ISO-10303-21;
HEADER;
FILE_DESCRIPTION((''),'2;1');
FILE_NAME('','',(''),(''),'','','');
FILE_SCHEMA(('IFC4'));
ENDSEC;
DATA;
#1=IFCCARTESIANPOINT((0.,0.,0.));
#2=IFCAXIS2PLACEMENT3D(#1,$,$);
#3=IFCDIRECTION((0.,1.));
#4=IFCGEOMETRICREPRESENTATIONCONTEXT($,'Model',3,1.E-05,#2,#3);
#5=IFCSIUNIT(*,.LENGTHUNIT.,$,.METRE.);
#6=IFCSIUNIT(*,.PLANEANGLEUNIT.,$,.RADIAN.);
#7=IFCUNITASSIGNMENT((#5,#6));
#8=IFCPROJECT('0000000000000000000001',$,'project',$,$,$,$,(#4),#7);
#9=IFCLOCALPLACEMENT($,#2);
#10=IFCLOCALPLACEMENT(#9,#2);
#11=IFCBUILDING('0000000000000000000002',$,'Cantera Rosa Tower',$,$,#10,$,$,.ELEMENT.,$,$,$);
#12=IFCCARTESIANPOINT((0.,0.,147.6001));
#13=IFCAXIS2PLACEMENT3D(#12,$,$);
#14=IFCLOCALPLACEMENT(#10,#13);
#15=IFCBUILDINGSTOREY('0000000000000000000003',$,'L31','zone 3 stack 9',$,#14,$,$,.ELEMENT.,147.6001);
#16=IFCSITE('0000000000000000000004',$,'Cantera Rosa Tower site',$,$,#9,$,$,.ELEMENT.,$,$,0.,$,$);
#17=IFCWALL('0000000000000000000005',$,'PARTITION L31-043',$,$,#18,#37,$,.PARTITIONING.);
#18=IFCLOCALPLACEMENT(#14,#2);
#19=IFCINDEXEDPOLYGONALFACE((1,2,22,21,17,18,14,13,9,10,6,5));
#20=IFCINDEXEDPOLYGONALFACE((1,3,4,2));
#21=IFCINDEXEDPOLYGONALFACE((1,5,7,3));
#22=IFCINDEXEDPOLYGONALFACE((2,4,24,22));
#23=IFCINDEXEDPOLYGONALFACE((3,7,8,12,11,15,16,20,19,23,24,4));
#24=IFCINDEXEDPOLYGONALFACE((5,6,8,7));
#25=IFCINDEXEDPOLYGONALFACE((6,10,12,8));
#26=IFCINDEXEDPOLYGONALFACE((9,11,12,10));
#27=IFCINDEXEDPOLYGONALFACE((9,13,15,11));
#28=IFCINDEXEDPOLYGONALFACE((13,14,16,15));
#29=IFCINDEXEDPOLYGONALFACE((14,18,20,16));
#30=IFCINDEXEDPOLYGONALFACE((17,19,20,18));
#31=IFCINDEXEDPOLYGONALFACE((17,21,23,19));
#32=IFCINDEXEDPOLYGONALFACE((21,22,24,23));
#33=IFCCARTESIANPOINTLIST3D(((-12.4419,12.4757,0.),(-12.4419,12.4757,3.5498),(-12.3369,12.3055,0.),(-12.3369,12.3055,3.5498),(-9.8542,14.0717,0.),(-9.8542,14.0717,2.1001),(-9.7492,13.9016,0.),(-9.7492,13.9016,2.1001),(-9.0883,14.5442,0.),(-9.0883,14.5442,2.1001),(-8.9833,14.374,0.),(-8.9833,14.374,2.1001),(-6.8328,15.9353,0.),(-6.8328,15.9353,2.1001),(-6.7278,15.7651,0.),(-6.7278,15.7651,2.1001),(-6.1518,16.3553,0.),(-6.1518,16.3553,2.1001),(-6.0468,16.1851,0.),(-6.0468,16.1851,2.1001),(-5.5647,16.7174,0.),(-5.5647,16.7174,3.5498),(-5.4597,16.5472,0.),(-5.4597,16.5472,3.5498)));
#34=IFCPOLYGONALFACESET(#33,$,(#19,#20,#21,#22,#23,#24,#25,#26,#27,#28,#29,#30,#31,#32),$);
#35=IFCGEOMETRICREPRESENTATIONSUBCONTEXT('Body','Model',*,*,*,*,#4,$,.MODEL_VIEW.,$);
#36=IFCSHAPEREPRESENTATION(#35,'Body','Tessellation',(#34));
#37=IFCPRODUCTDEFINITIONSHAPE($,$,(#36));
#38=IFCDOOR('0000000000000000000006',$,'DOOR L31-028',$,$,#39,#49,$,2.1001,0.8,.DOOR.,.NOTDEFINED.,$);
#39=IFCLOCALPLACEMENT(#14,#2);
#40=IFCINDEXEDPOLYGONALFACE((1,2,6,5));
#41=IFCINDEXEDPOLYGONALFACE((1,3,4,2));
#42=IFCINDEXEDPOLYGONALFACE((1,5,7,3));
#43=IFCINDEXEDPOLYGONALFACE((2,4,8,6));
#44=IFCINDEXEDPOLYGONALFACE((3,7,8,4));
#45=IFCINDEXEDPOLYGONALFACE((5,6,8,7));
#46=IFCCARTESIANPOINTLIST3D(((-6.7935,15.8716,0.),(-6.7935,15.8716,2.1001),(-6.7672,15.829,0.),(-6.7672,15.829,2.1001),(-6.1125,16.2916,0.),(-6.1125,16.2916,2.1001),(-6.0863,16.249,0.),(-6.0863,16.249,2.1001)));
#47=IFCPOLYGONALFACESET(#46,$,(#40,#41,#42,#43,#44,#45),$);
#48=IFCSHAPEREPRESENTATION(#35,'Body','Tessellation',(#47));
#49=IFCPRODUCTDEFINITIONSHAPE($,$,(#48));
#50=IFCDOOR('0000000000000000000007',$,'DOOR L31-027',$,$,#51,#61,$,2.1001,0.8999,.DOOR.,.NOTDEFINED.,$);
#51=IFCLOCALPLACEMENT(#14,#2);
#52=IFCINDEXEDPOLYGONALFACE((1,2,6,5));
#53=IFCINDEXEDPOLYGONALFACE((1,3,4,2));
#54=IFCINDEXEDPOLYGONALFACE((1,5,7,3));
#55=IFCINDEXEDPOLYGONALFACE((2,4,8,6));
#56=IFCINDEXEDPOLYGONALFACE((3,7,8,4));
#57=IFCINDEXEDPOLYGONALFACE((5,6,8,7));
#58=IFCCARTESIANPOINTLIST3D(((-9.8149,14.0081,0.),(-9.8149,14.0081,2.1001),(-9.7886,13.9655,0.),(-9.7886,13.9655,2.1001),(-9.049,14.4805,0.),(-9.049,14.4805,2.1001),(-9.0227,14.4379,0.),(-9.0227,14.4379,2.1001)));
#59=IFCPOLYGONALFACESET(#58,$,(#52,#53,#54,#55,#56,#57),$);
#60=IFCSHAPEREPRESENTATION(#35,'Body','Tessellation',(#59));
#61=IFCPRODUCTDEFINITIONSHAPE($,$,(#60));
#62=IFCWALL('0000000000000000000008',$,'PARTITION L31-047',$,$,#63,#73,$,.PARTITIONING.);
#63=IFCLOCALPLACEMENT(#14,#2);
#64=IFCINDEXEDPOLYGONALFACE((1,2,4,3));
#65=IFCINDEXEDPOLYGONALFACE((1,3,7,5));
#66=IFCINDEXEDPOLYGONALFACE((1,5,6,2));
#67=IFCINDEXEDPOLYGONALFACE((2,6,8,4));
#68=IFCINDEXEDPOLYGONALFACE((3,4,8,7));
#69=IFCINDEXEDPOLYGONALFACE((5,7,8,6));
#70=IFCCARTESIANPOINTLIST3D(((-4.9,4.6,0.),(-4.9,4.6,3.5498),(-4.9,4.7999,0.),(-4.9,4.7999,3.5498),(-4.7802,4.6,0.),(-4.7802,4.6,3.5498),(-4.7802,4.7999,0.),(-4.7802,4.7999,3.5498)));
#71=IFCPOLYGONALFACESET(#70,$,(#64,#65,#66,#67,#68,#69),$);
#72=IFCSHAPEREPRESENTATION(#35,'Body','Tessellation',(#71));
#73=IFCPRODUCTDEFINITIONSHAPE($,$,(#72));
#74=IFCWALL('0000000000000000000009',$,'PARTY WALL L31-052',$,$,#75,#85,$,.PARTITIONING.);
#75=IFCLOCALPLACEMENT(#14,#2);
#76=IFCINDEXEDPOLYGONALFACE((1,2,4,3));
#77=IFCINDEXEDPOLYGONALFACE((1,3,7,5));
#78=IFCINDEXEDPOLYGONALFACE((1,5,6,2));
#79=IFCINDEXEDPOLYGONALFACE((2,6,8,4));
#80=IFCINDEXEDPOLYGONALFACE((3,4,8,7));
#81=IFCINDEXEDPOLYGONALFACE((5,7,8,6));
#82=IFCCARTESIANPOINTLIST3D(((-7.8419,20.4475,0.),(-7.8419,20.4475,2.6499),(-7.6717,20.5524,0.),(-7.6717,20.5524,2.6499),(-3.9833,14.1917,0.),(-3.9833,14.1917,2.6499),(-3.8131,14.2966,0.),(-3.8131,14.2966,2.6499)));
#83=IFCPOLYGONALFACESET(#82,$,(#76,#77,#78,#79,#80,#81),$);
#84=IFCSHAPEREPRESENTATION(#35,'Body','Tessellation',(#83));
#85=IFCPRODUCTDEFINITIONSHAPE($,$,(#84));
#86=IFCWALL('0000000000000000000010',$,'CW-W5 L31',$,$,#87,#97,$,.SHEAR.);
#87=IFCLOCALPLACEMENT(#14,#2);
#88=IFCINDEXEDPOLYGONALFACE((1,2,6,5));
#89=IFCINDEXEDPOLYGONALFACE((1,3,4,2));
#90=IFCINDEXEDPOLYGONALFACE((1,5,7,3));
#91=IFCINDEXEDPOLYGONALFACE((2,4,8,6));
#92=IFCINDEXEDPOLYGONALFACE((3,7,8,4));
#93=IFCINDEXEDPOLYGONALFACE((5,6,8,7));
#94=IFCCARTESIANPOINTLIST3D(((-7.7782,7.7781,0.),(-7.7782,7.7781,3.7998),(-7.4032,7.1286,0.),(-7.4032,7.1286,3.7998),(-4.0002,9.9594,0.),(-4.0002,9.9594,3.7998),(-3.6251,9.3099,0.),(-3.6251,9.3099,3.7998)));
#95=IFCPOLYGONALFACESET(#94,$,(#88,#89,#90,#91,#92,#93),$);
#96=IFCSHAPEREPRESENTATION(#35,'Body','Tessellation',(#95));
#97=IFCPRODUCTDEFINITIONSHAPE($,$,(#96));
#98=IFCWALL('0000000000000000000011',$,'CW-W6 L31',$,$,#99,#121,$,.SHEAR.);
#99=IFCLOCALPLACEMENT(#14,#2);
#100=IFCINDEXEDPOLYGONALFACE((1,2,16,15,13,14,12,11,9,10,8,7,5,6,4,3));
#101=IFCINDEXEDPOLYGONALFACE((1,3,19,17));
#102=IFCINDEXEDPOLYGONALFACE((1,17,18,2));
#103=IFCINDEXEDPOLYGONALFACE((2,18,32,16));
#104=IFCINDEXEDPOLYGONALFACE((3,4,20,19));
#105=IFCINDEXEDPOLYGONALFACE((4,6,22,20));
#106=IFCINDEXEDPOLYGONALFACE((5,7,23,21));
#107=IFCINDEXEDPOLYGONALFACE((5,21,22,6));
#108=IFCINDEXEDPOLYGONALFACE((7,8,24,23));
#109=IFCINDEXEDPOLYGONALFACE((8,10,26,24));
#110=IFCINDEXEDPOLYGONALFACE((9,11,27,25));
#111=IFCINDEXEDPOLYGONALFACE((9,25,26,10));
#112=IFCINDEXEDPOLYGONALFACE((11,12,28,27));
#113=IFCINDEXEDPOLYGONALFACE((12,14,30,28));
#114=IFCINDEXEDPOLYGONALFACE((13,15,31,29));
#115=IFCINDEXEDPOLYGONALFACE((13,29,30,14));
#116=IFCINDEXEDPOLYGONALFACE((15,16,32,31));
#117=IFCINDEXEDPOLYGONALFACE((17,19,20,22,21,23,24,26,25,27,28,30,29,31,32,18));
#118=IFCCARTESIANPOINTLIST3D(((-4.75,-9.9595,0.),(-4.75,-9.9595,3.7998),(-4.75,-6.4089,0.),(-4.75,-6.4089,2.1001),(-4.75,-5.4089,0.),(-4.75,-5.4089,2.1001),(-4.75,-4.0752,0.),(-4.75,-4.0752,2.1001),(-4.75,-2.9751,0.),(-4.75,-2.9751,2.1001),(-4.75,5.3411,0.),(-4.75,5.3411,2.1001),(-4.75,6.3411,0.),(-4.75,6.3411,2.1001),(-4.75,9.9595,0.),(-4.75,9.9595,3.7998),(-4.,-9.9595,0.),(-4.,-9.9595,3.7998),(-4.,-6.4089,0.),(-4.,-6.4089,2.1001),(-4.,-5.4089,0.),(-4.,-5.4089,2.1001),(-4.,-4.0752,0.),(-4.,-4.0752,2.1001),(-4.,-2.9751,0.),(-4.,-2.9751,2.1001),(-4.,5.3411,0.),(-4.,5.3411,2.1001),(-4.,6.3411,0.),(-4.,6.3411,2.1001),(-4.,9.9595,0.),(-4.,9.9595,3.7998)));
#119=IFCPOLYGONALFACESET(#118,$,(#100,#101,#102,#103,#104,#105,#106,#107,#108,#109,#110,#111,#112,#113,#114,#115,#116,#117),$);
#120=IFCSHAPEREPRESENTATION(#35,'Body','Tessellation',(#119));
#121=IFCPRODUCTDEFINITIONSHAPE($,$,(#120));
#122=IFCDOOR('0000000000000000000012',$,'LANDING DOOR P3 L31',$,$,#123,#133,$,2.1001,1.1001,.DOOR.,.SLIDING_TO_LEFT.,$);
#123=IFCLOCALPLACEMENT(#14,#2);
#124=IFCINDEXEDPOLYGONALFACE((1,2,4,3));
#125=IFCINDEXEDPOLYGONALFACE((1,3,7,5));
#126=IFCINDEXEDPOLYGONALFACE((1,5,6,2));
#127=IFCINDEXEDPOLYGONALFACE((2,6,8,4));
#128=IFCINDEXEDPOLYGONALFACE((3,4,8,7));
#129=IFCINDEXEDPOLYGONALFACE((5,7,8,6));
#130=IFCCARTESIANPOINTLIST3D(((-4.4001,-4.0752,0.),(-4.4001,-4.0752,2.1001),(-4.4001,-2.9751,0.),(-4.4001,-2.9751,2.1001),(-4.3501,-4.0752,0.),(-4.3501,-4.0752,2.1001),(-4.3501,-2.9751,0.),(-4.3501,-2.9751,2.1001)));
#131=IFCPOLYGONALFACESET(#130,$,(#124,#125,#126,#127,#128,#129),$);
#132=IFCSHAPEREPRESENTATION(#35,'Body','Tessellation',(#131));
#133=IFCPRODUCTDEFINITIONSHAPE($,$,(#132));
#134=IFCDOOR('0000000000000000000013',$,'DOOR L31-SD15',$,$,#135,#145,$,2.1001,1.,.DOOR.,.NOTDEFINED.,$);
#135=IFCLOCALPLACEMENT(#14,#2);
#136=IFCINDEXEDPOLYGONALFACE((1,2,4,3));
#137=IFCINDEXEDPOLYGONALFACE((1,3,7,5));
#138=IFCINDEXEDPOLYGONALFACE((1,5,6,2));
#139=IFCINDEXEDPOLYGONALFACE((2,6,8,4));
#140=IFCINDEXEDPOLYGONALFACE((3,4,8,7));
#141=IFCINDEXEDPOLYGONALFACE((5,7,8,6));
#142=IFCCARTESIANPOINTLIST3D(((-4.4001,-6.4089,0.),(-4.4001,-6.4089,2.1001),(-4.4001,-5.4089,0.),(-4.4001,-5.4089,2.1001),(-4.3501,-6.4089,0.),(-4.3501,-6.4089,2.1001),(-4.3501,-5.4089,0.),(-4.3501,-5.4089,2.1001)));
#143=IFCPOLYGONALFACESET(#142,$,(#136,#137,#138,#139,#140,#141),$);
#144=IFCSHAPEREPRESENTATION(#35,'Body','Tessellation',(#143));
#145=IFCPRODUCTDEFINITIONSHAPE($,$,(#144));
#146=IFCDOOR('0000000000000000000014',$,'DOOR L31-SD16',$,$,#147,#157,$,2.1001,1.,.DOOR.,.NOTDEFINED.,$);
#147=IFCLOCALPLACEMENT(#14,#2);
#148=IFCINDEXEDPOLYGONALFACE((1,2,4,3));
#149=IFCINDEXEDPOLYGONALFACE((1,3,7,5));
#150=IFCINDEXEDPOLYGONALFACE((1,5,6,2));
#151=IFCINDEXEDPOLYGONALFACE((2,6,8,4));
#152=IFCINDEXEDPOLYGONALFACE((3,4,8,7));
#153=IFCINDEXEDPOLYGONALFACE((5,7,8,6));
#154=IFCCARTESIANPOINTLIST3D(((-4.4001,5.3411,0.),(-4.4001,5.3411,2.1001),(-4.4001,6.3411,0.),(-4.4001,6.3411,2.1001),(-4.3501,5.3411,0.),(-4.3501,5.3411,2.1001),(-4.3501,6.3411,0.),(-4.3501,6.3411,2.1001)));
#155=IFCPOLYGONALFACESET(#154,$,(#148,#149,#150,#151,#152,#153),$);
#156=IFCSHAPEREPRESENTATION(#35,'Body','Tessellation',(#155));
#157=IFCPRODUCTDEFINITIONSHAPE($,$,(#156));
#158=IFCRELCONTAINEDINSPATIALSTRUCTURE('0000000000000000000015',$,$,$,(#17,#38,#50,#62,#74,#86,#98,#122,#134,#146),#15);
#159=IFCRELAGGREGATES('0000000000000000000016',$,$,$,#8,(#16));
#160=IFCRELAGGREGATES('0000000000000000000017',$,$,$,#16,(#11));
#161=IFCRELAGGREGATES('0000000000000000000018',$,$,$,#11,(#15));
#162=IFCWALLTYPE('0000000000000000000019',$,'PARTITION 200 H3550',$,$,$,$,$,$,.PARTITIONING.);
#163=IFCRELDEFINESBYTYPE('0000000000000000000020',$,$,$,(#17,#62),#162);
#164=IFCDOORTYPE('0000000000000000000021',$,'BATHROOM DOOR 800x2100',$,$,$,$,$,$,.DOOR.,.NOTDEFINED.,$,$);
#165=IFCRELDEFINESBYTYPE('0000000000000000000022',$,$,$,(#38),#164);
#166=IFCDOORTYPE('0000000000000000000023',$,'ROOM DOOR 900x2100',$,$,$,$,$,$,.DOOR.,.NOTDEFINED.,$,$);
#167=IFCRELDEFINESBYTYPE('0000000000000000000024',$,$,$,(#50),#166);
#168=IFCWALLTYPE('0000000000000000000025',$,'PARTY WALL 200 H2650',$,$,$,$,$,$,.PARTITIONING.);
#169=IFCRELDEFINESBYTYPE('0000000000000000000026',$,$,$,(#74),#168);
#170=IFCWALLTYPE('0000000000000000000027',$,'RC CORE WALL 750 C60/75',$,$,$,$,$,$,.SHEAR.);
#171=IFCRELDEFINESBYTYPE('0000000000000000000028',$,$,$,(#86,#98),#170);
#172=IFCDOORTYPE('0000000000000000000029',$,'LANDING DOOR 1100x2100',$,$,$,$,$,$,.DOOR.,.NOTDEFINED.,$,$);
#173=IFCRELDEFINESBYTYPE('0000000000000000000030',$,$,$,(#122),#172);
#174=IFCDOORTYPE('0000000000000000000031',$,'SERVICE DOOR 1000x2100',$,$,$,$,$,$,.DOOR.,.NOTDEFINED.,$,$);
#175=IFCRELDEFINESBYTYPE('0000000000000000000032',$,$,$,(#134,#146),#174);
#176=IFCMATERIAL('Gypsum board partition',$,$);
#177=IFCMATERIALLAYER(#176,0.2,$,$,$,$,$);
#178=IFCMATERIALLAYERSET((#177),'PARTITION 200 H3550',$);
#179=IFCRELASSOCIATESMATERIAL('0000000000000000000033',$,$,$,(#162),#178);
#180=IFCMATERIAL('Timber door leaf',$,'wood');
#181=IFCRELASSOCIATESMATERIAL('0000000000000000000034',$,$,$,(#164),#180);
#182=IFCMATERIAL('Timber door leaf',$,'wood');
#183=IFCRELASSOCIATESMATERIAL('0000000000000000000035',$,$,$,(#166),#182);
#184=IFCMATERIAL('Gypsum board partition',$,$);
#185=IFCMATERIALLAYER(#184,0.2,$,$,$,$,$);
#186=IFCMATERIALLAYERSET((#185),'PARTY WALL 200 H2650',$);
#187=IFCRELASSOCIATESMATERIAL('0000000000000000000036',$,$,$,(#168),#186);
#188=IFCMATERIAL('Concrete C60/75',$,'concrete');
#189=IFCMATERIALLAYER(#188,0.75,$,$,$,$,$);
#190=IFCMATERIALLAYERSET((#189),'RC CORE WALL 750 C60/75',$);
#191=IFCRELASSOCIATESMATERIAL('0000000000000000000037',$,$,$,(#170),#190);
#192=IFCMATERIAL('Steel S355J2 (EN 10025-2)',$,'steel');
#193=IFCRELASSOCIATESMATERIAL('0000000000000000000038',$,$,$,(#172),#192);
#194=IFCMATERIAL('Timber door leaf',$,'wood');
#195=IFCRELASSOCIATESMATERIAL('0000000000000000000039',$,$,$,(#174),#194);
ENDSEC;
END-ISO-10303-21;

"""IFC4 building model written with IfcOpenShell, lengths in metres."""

from ifc_helpers import new_model, si_unit, direction, frame, frame_2d, origin, place, context, subcontext, project, spatial, rectangle, extrude, material, layer, layer_set, type_object, element, fill, save


model = new_model("IFC4")

# Units and contexts
model_context = context("Model", 3, precision=1e-05, world=origin(), true_north=direction((0.0, 1.0)))
body_context = subcontext(model_context, "Body", "Model", "MODEL_VIEW")
ifc_project = project(units=[si_unit("LENGTHUNIT", "METRE"), si_unit("PLANEANGLEUNIT", "RADIAN")], contexts=[model_context])

# Site, building, storey
site_placement = place(None, origin())
site = spatial("IfcSite", under=ifc_project, at=site_placement, Name="Cantera Rosa Tower site", CompositionType="ELEMENT", RefElevation=0.0)
building_placement = place(site_placement, origin())
building = spatial("IfcBuilding", under=site, at=building_placement, Name="Cantera Rosa Tower", CompositionType="ELEMENT")
storey_placement = place(building_placement, frame((0.0, 0.0, 147.6001)))
storey = spatial("IfcBuildingStorey", under=building, at=storey_placement, Name="L31", Description="zone 3 stack 9", CompositionType="ELEMENT", Elevation=147.6001)

# Shared definitions
ifc_material_1 = material(Name="Gypsum board partition")
ifc_layer_1 = layer(ifc_material_1, 0.2)
ifc_layer_set_1 = layer_set([ifc_layer_1], Name="PARTITION 200 H3550")
wall_type_1 = type_object("IfcWallType", Name="PARTITION 200 H3550", PredefinedType="PARTITIONING", material=ifc_layer_set_1)

# Wall, openings, doors
wall_1_placement = place(storey_placement, frame((-5.5122, 16.6323, 0.0), z_axis=(0.0, 0.0, 1.0), x_axis=(-0.851129, -0.524957, 0.0)))
wall_1 = element("IfcWall", 1, at=wall_1_placement, inside=storey, type_object=wall_type_1, Name="PARTITION L31-043", PredefinedType="PARTITIONING", context=body_context, shape_type="SweptSolid", body=[
    extrude(rectangle(XDim=8.0801, YDim=0.2, at=frame_2d((4.04, 0.0))), origin(), (0.0, 0.0, 1.0), 3.5498),
])
opening_1_placement = place(wall_1_placement, frame((4.1399, 0.0, 0.0)))
opening_1 = element("IfcOpeningElement", 2, at=opening_1_placement, cuts=wall_1, PredefinedType="OPENING", context=body_context, shape_type="SweptSolid", body=[
    extrude(rectangle(XDim=0.8999, YDim=2.1001, at=frame_2d((0.45, 1.05))), frame((0.0, 0.1099, 0.0), z_axis=(0.0, -1.0, 0.0), x_axis=(1.0, 0.0, 0.0)), (0.0, 0.0, 1.0), 0.22),
])
opening_2_placement = place(wall_1_placement, frame((0.6899, 0.0, 0.0)))
opening_2 = element("IfcOpeningElement", 3, at=opening_2_placement, cuts=wall_1, PredefinedType="OPENING", context=body_context, shape_type="SweptSolid", body=[
    extrude(rectangle(XDim=0.8, YDim=2.1001, at=frame_2d((0.3999, 1.05))), frame((0.0, 0.1099, 0.0), z_axis=(0.0, -1.0, 0.0), x_axis=(1.0, 0.0, 0.0)), (0.0, 0.0, 1.0), 0.22),
])
ifc_material_2 = material(Name="Timber door leaf", Category="wood")
door_type_1 = type_object("IfcDoorType", Name="BATHROOM DOOR 800x2100", OperationType="NOTDEFINED", PredefinedType="DOOR", material=ifc_material_2)
door_1_placement = place(opening_2_placement, origin())
door_1 = element("IfcDoor", 4, at=door_1_placement, inside=storey, type_object=door_type_1, Name="DOOR L31-028", OperationType="NOTDEFINED", OverallHeight=2.1001, OverallWidth=0.8, PredefinedType="DOOR", context=body_context, shape_type="SweptSolid", body=[
    extrude(rectangle(XDim=0.8, YDim=2.1001, at=frame_2d((0.3999, 1.05))), frame((0.0, 0.0249, 0.0), z_axis=(0.0, -1.0, 0.0), x_axis=(1.0, 0.0, 0.0)), (0.0, 0.0, 1.0), 0.05),
])
fill(opening_2, door_1)
ifc_material_3 = material(Name="Timber door leaf", Category="wood")
door_type_2 = type_object("IfcDoorType", Name="ROOM DOOR 900x2100", OperationType="NOTDEFINED", PredefinedType="DOOR", material=ifc_material_3)
door_2_placement = place(opening_1_placement, origin())
door_2 = element("IfcDoor", 5, at=door_2_placement, inside=storey, type_object=door_type_2, Name="DOOR L31-027", OperationType="NOTDEFINED", OverallHeight=2.1001, OverallWidth=0.8999, PredefinedType="DOOR", context=body_context, shape_type="SweptSolid", body=[
    extrude(rectangle(XDim=0.8999, YDim=2.1001, at=frame_2d((0.45, 1.05))), frame((0.0, 0.0249, 0.0), z_axis=(0.0, -1.0, 0.0), x_axis=(1.0, 0.0, 0.0)), (0.0, 0.0, 1.0), 0.05),
])
fill(opening_1, door_2)

# Walls
wall_2_placement = place(storey_placement, frame((-4.78, 4.7, 0.0), z_axis=(0.0, 0.0, 1.0), x_axis=(-1.0, 0.0, 0.0)))
element("IfcWall", 6, at=wall_2_placement, inside=storey, type_object=wall_type_1, Name="PARTITION L31-047", PredefinedType="PARTITIONING", context=body_context, shape_type="SweptSolid", body=[
    extrude(rectangle(XDim=0.1199, YDim=0.2, at=frame_2d((0.0601, 0.0))), origin(), (0.0, 0.0, 1.0), 3.5498),
])
ifc_material_4 = material(Name="Gypsum board partition")
ifc_layer_2 = layer(ifc_material_4, 0.2)
ifc_layer_set_2 = layer_set([ifc_layer_2], Name="PARTY WALL 200 H2650")
wall_type_2 = type_object("IfcWallType", Name="PARTY WALL 200 H2650", PredefinedType="PARTITIONING", material=ifc_layer_set_2)
wall_3_placement = place(storey_placement, frame((-3.8982, 14.2441, 0.0), z_axis=(0.0, 0.0, 1.0), x_axis=(-0.524974, 0.851118, 0.0)))
element("IfcWall", 7, at=wall_3_placement, inside=storey, type_object=wall_type_2, Name="PARTY WALL L31-052", PredefinedType="PARTITIONING", context=body_context, shape_type="SweptSolid", body=[
    extrude(rectangle(XDim=7.3501, YDim=0.2, at=frame_2d((3.675, 0.0))), origin(), (0.0, 0.0, 1.0), 2.6499),
])
ifc_material_5 = material(Name="Concrete C60/75", Category="concrete")
ifc_layer_3 = layer(ifc_material_5, 0.75)
ifc_layer_set_3 = layer_set([ifc_layer_3], Name="RC CORE WALL 750 C60/75")
wall_type_3 = type_object("IfcWallType", Name="RC CORE WALL 750 C60/75", PredefinedType="SHEAR", material=ifc_layer_set_3)
wall_4_placement = place(storey_placement, frame((-7.5906, 7.4534, 0.0), z_axis=(0.0, 0.0, 1.0), x_axis=(0.866013, 0.500021, 0.0)))
element("IfcWall", 8, at=wall_4_placement, inside=storey, type_object=wall_type_3, Name="CW-W5 L31", PredefinedType="SHEAR", context=body_context, shape_type="SweptSolid", body=[
    extrude(rectangle(XDim=4.3625, YDim=0.75, at=frame_2d((2.1812, 0.0))), origin(), (0.0, 0.0, 1.0), 3.7998),
])

# Wall, openings, doors
wall_5_placement = place(storey_placement, frame((-4.375, 9.9595, 0.0), z_axis=(0.0, 0.0, 1.0), x_axis=(0.0, -1.0, 0.0)))
wall_5 = element("IfcWall", 9, at=wall_5_placement, inside=storey, type_object=wall_type_3, Name="CW-W6 L31", PredefinedType="SHEAR", context=body_context, shape_type="SweptSolid", body=[
    extrude(rectangle(XDim=19.9189, YDim=0.75, at=frame_2d((9.9595, 0.0))), origin(), (0.0, 0.0, 1.0), 3.7998),
])
opening_3_placement = place(wall_5_placement, frame((12.9346, 0.0, 0.0)))
opening_3 = element("IfcOpeningElement", 10, at=opening_3_placement, cuts=wall_5, PredefinedType="OPENING", context=body_context, shape_type="SweptSolid", body=[
    extrude(rectangle(XDim=1.1001, YDim=2.1001, at=frame_2d((0.55, 1.05))), frame((0.0, 0.385, 0.0), z_axis=(0.0, -1.0, 0.0), x_axis=(1.0, 0.0, 0.0)), (0.0, 0.0, 1.0), 0.77),
])
opening_4_placement = place(wall_5_placement, frame((15.3684, 0.0, 0.0)))
opening_4 = element("IfcOpeningElement", 11, at=opening_4_placement, cuts=wall_5, PredefinedType="OPENING", context=body_context, shape_type="SweptSolid", body=[
    extrude(rectangle(XDim=1.0, YDim=2.1001, at=frame_2d((0.5, 1.05))), frame((0.0, 0.385, 0.0), z_axis=(0.0, -1.0, 0.0), x_axis=(1.0, 0.0, 0.0)), (0.0, 0.0, 1.0), 0.77),
])
opening_5_placement = place(wall_5_placement, frame((3.6184, 0.0, 0.0)))
opening_5 = element("IfcOpeningElement", 12, at=opening_5_placement, cuts=wall_5, PredefinedType="OPENING", context=body_context, shape_type="SweptSolid", body=[
    extrude(rectangle(XDim=1.0, YDim=2.1001, at=frame_2d((0.5, 1.05))), frame((0.0, 0.385, 0.0), z_axis=(0.0, -1.0, 0.0), x_axis=(1.0, 0.0, 0.0)), (0.0, 0.0, 1.0), 0.77),
])
ifc_material_6 = material(Name="Steel S355J2 (EN 10025-2)", Category="steel")
door_type_3 = type_object("IfcDoorType", Name="LANDING DOOR 1100x2100", OperationType="NOTDEFINED", PredefinedType="DOOR", material=ifc_material_6)
door_3_placement = place(opening_3_placement, origin())
door_3 = element("IfcDoor", 13, at=door_3_placement, inside=storey, type_object=door_type_3, Name="LANDING DOOR P3 L31", OperationType="SLIDING_TO_LEFT", OverallHeight=2.1001, OverallWidth=1.1001, PredefinedType="DOOR", context=body_context, shape_type="SweptSolid", body=[
    extrude(rectangle(XDim=1.1001, YDim=2.1001, at=frame_2d((0.55, 1.05))), frame((0.0, 0.0249, 0.0), z_axis=(0.0, -1.0, 0.0), x_axis=(1.0, 0.0, 0.0)), (0.0, 0.0, 1.0), 0.05),
])
fill(opening_3, door_3)
ifc_material_7 = material(Name="Timber door leaf", Category="wood")
door_type_4 = type_object("IfcDoorType", Name="SERVICE DOOR 1000x2100", OperationType="NOTDEFINED", PredefinedType="DOOR", material=ifc_material_7)
door_4_placement = place(opening_4_placement, origin())
door_4 = element("IfcDoor", 14, at=door_4_placement, inside=storey, type_object=door_type_4, Name="DOOR L31-SD15", OperationType="NOTDEFINED", OverallHeight=2.1001, OverallWidth=1.0, PredefinedType="DOOR", context=body_context, shape_type="SweptSolid", body=[
    extrude(rectangle(XDim=1.0, YDim=2.1001, at=frame_2d((0.5, 1.05))), frame((0.0, 0.0249, 0.0), z_axis=(0.0, -1.0, 0.0), x_axis=(1.0, 0.0, 0.0)), (0.0, 0.0, 1.0), 0.05),
])
fill(opening_4, door_4)
door_5_placement = place(opening_5_placement, origin())
door_5 = element("IfcDoor", 15, at=door_5_placement, inside=storey, type_object=door_type_4, Name="DOOR L31-SD16", OperationType="NOTDEFINED", OverallHeight=2.1001, OverallWidth=1.0, PredefinedType="DOOR", context=body_context, shape_type="SweptSolid", body=[
    extrude(rectangle(XDim=1.0, YDim=2.1001, at=frame_2d((0.5, 1.05))), frame((0.0, 0.0249, 0.0), z_axis=(0.0, -1.0, 0.0), x_axis=(1.0, 0.0, 0.0)), (0.0, 0.0, 1.0), 0.05),
])
fill(opening_5, door_5)

save(model, "model.ifc")
